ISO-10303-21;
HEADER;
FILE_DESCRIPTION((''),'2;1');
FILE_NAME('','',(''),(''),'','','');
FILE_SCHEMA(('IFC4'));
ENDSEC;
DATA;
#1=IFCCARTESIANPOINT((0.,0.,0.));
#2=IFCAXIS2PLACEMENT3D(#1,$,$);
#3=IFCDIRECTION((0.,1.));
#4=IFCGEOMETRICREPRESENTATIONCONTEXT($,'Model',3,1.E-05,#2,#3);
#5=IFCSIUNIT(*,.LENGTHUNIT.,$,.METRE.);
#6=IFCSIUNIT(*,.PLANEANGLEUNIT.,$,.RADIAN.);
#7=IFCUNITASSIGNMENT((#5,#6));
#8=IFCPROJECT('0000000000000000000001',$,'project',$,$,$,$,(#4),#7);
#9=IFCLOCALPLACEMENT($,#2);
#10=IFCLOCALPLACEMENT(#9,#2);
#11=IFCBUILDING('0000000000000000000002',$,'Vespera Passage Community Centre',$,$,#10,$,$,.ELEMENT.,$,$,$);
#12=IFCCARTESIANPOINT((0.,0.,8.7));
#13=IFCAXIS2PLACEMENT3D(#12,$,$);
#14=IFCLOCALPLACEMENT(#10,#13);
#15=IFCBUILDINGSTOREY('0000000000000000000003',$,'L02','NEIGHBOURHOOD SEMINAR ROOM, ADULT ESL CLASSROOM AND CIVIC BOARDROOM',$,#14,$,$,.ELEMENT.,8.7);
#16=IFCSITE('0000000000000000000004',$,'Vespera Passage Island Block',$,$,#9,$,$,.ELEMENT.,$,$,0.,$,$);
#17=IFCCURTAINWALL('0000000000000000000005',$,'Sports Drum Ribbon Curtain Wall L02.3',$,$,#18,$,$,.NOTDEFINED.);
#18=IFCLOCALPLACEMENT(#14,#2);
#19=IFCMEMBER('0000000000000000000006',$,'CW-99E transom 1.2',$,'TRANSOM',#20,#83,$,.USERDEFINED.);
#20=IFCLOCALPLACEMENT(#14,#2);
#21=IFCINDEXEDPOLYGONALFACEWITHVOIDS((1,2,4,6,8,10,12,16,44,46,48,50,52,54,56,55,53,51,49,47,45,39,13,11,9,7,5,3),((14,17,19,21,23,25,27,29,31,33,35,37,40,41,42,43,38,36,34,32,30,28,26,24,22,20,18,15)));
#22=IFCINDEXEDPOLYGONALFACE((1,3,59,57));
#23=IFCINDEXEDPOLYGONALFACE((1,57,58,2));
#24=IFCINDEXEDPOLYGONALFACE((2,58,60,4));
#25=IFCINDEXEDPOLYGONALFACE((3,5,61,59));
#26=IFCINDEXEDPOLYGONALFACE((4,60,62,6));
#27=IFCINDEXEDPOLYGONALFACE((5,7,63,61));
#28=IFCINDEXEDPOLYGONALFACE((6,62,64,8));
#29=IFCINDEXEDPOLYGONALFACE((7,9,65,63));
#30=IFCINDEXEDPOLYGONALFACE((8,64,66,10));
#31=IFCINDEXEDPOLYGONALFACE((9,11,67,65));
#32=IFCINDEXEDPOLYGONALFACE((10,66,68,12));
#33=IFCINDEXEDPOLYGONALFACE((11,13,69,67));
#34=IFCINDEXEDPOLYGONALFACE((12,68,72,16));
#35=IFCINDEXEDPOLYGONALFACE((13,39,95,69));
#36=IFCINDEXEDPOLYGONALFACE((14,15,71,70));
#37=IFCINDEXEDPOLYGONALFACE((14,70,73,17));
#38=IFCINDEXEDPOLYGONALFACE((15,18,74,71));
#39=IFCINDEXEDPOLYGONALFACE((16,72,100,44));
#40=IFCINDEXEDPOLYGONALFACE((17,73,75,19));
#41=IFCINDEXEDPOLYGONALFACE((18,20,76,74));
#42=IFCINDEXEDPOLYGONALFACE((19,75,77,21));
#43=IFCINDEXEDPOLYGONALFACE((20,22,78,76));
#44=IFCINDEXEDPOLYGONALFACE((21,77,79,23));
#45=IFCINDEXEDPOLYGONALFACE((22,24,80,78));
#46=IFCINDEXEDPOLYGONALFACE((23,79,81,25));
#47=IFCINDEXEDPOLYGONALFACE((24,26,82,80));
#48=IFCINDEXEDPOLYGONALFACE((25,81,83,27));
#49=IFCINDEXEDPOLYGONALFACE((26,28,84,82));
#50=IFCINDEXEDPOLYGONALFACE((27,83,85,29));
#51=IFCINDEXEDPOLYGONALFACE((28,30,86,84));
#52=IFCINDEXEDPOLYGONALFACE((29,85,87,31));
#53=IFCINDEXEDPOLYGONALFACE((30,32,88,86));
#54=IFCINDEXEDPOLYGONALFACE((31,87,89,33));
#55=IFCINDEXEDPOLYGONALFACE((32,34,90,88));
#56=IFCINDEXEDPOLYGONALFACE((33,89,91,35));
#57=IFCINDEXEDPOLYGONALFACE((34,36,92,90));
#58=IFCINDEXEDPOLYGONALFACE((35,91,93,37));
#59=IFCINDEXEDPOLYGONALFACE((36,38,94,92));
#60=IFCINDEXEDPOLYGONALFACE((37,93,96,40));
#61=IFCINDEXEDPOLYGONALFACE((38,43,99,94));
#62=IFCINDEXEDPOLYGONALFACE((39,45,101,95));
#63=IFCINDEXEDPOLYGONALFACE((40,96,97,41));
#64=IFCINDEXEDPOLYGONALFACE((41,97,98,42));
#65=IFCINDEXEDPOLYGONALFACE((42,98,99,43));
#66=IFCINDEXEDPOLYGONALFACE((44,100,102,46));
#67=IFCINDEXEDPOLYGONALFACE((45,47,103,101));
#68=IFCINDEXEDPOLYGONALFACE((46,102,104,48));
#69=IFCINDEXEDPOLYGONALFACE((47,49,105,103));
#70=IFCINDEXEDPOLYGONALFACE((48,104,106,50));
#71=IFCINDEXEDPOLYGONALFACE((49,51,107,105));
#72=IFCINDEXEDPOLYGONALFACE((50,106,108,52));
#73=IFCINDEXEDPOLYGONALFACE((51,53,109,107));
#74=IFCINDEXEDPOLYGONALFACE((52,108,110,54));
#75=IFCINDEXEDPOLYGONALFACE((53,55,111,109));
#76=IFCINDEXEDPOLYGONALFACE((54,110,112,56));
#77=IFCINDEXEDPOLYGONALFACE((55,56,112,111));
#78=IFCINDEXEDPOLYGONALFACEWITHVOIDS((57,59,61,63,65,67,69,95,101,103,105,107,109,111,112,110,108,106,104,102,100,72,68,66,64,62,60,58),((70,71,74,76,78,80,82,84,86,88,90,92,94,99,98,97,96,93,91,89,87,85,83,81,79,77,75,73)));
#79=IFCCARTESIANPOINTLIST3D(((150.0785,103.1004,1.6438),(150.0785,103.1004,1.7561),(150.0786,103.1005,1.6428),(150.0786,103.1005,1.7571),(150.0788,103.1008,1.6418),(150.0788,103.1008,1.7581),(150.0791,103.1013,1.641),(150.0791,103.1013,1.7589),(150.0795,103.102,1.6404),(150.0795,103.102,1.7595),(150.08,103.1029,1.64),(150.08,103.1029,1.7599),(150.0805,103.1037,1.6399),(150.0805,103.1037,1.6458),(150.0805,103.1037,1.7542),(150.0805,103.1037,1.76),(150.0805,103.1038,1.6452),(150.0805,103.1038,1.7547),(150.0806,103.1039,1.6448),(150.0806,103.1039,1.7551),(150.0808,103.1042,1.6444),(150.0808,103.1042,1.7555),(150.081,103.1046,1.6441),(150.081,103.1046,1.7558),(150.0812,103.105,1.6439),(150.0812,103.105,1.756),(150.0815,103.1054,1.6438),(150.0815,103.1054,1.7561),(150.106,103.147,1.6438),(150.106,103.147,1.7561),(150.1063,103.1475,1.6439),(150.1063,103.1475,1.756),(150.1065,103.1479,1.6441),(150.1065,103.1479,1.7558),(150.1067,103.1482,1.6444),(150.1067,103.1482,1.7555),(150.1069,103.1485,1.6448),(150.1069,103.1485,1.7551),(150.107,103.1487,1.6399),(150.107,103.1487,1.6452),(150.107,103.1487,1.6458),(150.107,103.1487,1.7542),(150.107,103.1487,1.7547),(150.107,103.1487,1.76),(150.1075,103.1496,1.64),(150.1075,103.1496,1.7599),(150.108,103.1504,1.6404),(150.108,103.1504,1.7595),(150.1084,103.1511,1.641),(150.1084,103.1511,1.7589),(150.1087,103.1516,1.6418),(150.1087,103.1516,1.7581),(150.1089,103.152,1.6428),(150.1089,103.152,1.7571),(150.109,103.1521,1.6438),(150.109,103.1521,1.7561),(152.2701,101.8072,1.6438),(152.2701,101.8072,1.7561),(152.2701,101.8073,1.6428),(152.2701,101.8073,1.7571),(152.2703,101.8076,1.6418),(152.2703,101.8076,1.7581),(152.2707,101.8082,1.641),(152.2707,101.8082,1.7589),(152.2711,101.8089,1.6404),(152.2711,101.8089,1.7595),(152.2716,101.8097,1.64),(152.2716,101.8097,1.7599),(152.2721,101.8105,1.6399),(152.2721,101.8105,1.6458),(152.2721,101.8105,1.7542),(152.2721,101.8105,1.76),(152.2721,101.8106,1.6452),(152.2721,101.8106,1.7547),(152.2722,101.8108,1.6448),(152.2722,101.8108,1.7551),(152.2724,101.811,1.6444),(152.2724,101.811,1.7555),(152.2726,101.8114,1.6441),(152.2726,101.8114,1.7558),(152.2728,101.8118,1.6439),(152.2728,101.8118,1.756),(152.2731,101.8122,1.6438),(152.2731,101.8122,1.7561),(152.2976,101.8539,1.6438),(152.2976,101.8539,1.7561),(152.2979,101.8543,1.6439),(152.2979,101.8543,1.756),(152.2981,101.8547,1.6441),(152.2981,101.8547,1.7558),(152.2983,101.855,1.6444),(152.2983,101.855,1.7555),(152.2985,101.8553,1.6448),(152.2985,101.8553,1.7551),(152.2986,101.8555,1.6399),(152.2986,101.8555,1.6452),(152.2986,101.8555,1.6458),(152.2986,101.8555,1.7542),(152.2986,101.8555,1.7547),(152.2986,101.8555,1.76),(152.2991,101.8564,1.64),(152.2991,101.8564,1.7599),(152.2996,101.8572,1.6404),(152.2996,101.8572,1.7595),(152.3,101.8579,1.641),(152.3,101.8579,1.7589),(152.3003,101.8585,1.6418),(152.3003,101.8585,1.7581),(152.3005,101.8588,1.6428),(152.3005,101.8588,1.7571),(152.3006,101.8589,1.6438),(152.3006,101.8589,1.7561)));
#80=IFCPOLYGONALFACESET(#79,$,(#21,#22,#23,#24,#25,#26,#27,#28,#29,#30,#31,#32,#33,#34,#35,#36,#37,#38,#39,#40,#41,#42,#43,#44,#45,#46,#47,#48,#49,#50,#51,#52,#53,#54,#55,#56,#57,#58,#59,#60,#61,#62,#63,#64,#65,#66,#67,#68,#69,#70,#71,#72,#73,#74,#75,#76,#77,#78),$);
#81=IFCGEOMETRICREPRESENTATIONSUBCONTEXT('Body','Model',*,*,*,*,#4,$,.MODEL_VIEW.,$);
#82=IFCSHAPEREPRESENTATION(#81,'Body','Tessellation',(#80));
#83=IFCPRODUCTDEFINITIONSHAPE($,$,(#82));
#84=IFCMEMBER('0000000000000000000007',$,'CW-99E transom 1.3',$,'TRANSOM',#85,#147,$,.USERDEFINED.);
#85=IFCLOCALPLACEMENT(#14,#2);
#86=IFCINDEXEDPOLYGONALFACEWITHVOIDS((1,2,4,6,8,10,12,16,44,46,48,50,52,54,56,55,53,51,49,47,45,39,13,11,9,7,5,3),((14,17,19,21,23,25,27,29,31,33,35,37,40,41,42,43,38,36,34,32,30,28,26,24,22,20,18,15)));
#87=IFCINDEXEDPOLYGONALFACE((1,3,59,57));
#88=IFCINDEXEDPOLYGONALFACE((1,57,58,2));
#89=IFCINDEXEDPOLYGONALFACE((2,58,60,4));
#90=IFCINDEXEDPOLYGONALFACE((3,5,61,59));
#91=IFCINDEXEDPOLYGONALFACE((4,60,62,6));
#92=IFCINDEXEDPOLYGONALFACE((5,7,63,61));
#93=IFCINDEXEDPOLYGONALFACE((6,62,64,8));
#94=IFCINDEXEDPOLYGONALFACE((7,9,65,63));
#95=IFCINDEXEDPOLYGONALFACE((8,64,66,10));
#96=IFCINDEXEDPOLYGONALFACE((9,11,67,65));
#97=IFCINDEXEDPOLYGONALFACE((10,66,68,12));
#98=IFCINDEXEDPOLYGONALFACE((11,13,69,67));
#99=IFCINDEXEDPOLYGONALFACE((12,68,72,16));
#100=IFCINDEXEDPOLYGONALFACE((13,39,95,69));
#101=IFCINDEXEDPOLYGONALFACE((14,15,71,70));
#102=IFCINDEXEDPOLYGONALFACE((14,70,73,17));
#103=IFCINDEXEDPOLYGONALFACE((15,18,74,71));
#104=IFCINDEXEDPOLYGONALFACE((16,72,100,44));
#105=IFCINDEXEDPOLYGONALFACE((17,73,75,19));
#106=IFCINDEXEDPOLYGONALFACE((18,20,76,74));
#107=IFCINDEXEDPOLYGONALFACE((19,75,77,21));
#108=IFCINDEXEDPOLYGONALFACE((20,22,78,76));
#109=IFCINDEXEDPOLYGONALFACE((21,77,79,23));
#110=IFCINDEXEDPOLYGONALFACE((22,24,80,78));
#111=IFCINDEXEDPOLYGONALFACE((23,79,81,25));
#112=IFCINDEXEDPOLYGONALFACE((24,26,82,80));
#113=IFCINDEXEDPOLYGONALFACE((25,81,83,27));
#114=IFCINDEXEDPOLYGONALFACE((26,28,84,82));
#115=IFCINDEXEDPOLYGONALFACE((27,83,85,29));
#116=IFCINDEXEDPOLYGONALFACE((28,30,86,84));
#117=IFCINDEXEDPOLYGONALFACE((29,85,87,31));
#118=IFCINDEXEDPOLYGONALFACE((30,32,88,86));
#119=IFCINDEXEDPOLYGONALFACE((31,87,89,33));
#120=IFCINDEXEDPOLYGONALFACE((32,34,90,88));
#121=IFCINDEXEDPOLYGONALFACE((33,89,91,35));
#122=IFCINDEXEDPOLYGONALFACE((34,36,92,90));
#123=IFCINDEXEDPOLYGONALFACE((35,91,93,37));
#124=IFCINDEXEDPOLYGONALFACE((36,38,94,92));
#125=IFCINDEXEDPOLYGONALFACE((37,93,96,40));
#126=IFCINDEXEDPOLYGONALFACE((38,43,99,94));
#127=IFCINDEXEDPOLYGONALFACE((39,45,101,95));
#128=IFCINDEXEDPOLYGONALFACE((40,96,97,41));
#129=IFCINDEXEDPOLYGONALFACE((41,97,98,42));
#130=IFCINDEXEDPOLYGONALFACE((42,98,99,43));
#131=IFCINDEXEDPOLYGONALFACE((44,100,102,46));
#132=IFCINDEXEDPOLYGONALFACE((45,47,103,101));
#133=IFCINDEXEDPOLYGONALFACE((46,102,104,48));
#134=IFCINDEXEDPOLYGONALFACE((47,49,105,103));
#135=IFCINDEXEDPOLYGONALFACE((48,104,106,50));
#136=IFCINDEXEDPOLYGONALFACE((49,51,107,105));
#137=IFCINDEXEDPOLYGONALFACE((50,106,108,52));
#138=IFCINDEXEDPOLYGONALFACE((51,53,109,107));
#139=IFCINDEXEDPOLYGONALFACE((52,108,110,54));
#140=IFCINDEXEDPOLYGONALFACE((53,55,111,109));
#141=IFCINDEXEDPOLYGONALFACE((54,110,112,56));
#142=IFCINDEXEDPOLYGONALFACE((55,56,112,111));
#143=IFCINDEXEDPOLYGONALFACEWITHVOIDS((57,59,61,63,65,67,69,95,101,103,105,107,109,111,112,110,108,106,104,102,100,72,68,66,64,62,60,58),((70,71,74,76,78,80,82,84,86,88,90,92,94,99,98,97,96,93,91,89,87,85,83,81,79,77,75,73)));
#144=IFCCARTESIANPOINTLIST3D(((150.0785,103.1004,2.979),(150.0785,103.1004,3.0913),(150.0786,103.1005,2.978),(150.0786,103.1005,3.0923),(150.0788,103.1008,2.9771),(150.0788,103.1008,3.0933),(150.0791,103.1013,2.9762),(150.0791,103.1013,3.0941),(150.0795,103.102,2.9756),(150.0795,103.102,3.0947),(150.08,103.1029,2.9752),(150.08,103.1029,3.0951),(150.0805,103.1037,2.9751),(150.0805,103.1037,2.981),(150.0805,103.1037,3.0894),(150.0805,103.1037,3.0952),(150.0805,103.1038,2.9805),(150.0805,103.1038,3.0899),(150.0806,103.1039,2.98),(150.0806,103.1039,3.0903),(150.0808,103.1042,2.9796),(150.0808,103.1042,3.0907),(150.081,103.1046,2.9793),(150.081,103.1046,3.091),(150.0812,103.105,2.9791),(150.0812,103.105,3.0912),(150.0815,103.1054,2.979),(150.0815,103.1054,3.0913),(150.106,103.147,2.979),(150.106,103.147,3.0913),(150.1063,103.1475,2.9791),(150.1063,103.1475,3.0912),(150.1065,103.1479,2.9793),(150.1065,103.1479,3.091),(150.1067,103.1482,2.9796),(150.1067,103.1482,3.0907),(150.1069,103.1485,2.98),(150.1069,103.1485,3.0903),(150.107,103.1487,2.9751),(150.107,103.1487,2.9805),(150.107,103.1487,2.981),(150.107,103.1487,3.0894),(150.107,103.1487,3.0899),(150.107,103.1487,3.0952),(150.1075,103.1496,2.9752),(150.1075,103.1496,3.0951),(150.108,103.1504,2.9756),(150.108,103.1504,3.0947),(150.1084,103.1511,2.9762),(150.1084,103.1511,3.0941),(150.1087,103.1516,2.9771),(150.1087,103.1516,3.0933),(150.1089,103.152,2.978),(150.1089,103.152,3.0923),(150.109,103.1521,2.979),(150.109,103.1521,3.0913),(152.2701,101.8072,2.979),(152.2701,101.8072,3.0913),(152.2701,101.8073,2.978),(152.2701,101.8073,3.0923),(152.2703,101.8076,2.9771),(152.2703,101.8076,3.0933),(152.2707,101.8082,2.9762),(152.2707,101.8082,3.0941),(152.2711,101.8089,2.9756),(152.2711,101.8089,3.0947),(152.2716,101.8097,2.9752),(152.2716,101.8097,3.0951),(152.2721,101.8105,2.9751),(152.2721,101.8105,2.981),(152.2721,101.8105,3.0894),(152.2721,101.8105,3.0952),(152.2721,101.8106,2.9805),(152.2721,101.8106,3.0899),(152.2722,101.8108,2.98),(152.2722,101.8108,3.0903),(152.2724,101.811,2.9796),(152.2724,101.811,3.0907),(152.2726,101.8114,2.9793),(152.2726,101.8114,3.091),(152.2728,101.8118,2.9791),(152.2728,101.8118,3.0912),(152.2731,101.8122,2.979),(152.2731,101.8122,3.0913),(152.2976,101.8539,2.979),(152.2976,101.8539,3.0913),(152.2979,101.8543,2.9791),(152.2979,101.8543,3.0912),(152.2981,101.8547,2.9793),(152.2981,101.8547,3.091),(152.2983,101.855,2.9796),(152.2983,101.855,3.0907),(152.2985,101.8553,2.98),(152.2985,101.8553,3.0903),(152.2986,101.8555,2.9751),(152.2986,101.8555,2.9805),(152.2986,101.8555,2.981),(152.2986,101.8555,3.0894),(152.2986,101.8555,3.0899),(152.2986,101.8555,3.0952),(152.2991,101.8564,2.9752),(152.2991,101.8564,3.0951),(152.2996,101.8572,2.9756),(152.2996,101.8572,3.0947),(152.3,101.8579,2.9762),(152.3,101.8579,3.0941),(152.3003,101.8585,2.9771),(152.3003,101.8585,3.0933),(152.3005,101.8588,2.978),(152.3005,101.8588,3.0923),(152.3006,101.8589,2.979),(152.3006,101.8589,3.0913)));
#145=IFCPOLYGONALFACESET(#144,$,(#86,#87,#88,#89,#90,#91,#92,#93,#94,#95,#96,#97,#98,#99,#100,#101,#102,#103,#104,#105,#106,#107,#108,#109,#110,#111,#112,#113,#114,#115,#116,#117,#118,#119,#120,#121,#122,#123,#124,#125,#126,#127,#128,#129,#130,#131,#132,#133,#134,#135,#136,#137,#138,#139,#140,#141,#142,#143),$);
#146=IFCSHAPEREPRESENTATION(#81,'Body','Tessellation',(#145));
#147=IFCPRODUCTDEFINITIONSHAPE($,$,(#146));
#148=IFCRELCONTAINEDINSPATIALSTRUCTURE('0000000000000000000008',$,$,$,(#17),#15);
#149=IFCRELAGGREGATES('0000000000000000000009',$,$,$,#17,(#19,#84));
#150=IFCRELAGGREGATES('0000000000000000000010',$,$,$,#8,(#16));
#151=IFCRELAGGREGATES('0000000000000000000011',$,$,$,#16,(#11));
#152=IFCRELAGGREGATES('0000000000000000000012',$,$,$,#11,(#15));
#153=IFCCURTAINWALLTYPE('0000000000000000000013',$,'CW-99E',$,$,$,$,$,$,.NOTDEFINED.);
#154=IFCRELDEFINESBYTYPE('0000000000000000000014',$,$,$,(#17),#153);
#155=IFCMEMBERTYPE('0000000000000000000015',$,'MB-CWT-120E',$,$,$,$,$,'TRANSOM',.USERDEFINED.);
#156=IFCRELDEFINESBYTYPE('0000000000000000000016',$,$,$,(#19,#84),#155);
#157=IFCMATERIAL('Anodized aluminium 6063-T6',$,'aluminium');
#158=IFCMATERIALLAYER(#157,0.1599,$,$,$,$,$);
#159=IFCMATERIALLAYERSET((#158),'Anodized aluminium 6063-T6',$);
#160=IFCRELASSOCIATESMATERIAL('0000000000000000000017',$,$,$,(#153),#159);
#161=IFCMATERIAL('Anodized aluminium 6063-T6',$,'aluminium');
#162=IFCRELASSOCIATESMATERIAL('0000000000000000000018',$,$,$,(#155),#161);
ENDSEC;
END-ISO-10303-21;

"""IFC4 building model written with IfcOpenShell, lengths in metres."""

from ifc_helpers import new_model, si_unit, direction, frame, origin, origin_2d, place, context, subcontext, project, spatial, hollow_rectangle, extrude, material, layer, layer_set, material_profile, profile_set, type_object, element, aggregate, save


model = new_model("IFC4")

# Units and contexts
model_context = context("Model", 3, precision=1e-05, world=origin(), true_north=direction((0.0, 1.0)))
body_context = subcontext(model_context, "Body", "Model", "MODEL_VIEW")
ifc_project = project(units=[si_unit("LENGTHUNIT", "METRE"), si_unit("PLANEANGLEUNIT", "RADIAN")], contexts=[model_context])

# Site, building, storey
site_placement = place(None, origin())
site = spatial("IfcSite", under=ifc_project, at=site_placement, Name="Vespera Passage Island Block", CompositionType="ELEMENT", RefElevation=0.0)
building_placement = place(site_placement, origin())
building = spatial("IfcBuilding", under=site, at=building_placement, Name="Vespera Passage Community Centre", CompositionType="ELEMENT")
storey_placement = place(building_placement, frame((0.0, 0.0, 8.7)))
storey = spatial("IfcBuildingStorey", under=building, at=storey_placement, Name="L02", Description="NEIGHBOURHOOD SEMINAR ROOM, ADULT ESL CLASSROOM AND CIVIC BOARDROOM", CompositionType="ELEMENT", Elevation=8.7)

# Curtain wall
ifc_material_1 = material(Name="Anodized aluminium 6063-T6", Category="aluminium")
ifc_layer_1 = layer(ifc_material_1, 0.1599)
ifc_layer_set_1 = layer_set([ifc_layer_1], Name="Anodized aluminium 6063-T6")
curtain_wall_type_1 = type_object("IfcCurtainWallType", Name="CW-99E", PredefinedType="NOTDEFINED", material=ifc_layer_set_1)
curtain_wall_1_placement = place(storey_placement, origin())
curtain_wall_1 = element("IfcCurtainWall", 1, at=curtain_wall_1_placement, inside=storey, type_object=curtain_wall_type_1, Name="Sports Drum Ribbon Curtain Wall L02.3", PredefinedType="NOTDEFINED")

# Members
ifc_material_2 = material(Name="Anodized aluminium 6063-T6", Category="aluminium")
ifc_material_profile_1 = material_profile(ifc_material_2, hollow_rectangle(XDim=0.0601, YDim=0.1201, WallThickness=0.0039, InnerFilletRadius=0.002, OuterFilletRadius=0.0039, at=origin_2d()), Name="ALU120X60X4")
ifc_profile_set_1 = profile_set([ifc_material_profile_1], Name="Anodized aluminium 6063-T6")
member_type_1 = type_object("IfcMemberType", Name="MB-CWT-120E", ElementType="TRANSOM", PredefinedType="USERDEFINED", material=ifc_profile_set_1)
member_1_placement = place(storey_placement, frame((150.0938, 103.1262, 1.7), z_axis=(0.861245, -0.508189, 0.0), x_axis=(0.508189, 0.861245, 0.0)))
member_1 = element("IfcMember", 2, at=member_1_placement, type_object=member_type_1, Name="CW-99E transom 1.2", ObjectType="TRANSOM", PredefinedType="USERDEFINED", context=body_context, shape_type="SweptSolid", body=[
    extrude(hollow_rectangle(XDim=0.0601, YDim=0.1201, WallThickness=0.0039, InnerFilletRadius=0.002, OuterFilletRadius=0.0039, at=origin_2d()), origin(), (0.0, 0.0, 1.0), 2.5447),
])
member_2_placement = place(storey_placement, frame((150.0938, 103.1262, 3.0352), z_axis=(0.861245, -0.508189, 0.0), x_axis=(0.508189, 0.861245, 0.0)))
member_2 = element("IfcMember", 3, at=member_2_placement, type_object=member_type_1, Name="CW-99E transom 1.3", ObjectType="TRANSOM", PredefinedType="USERDEFINED", context=body_context, shape_type="SweptSolid", body=[
    extrude(hollow_rectangle(XDim=0.0601, YDim=0.1201, WallThickness=0.0039, InnerFilletRadius=0.002, OuterFilletRadius=0.0039, at=origin_2d()), origin(), (0.0, 0.0, 1.0), 2.5447),
])

aggregate(curtain_wall_1, [member_1, member_2])

save(model, "model.ifc")
